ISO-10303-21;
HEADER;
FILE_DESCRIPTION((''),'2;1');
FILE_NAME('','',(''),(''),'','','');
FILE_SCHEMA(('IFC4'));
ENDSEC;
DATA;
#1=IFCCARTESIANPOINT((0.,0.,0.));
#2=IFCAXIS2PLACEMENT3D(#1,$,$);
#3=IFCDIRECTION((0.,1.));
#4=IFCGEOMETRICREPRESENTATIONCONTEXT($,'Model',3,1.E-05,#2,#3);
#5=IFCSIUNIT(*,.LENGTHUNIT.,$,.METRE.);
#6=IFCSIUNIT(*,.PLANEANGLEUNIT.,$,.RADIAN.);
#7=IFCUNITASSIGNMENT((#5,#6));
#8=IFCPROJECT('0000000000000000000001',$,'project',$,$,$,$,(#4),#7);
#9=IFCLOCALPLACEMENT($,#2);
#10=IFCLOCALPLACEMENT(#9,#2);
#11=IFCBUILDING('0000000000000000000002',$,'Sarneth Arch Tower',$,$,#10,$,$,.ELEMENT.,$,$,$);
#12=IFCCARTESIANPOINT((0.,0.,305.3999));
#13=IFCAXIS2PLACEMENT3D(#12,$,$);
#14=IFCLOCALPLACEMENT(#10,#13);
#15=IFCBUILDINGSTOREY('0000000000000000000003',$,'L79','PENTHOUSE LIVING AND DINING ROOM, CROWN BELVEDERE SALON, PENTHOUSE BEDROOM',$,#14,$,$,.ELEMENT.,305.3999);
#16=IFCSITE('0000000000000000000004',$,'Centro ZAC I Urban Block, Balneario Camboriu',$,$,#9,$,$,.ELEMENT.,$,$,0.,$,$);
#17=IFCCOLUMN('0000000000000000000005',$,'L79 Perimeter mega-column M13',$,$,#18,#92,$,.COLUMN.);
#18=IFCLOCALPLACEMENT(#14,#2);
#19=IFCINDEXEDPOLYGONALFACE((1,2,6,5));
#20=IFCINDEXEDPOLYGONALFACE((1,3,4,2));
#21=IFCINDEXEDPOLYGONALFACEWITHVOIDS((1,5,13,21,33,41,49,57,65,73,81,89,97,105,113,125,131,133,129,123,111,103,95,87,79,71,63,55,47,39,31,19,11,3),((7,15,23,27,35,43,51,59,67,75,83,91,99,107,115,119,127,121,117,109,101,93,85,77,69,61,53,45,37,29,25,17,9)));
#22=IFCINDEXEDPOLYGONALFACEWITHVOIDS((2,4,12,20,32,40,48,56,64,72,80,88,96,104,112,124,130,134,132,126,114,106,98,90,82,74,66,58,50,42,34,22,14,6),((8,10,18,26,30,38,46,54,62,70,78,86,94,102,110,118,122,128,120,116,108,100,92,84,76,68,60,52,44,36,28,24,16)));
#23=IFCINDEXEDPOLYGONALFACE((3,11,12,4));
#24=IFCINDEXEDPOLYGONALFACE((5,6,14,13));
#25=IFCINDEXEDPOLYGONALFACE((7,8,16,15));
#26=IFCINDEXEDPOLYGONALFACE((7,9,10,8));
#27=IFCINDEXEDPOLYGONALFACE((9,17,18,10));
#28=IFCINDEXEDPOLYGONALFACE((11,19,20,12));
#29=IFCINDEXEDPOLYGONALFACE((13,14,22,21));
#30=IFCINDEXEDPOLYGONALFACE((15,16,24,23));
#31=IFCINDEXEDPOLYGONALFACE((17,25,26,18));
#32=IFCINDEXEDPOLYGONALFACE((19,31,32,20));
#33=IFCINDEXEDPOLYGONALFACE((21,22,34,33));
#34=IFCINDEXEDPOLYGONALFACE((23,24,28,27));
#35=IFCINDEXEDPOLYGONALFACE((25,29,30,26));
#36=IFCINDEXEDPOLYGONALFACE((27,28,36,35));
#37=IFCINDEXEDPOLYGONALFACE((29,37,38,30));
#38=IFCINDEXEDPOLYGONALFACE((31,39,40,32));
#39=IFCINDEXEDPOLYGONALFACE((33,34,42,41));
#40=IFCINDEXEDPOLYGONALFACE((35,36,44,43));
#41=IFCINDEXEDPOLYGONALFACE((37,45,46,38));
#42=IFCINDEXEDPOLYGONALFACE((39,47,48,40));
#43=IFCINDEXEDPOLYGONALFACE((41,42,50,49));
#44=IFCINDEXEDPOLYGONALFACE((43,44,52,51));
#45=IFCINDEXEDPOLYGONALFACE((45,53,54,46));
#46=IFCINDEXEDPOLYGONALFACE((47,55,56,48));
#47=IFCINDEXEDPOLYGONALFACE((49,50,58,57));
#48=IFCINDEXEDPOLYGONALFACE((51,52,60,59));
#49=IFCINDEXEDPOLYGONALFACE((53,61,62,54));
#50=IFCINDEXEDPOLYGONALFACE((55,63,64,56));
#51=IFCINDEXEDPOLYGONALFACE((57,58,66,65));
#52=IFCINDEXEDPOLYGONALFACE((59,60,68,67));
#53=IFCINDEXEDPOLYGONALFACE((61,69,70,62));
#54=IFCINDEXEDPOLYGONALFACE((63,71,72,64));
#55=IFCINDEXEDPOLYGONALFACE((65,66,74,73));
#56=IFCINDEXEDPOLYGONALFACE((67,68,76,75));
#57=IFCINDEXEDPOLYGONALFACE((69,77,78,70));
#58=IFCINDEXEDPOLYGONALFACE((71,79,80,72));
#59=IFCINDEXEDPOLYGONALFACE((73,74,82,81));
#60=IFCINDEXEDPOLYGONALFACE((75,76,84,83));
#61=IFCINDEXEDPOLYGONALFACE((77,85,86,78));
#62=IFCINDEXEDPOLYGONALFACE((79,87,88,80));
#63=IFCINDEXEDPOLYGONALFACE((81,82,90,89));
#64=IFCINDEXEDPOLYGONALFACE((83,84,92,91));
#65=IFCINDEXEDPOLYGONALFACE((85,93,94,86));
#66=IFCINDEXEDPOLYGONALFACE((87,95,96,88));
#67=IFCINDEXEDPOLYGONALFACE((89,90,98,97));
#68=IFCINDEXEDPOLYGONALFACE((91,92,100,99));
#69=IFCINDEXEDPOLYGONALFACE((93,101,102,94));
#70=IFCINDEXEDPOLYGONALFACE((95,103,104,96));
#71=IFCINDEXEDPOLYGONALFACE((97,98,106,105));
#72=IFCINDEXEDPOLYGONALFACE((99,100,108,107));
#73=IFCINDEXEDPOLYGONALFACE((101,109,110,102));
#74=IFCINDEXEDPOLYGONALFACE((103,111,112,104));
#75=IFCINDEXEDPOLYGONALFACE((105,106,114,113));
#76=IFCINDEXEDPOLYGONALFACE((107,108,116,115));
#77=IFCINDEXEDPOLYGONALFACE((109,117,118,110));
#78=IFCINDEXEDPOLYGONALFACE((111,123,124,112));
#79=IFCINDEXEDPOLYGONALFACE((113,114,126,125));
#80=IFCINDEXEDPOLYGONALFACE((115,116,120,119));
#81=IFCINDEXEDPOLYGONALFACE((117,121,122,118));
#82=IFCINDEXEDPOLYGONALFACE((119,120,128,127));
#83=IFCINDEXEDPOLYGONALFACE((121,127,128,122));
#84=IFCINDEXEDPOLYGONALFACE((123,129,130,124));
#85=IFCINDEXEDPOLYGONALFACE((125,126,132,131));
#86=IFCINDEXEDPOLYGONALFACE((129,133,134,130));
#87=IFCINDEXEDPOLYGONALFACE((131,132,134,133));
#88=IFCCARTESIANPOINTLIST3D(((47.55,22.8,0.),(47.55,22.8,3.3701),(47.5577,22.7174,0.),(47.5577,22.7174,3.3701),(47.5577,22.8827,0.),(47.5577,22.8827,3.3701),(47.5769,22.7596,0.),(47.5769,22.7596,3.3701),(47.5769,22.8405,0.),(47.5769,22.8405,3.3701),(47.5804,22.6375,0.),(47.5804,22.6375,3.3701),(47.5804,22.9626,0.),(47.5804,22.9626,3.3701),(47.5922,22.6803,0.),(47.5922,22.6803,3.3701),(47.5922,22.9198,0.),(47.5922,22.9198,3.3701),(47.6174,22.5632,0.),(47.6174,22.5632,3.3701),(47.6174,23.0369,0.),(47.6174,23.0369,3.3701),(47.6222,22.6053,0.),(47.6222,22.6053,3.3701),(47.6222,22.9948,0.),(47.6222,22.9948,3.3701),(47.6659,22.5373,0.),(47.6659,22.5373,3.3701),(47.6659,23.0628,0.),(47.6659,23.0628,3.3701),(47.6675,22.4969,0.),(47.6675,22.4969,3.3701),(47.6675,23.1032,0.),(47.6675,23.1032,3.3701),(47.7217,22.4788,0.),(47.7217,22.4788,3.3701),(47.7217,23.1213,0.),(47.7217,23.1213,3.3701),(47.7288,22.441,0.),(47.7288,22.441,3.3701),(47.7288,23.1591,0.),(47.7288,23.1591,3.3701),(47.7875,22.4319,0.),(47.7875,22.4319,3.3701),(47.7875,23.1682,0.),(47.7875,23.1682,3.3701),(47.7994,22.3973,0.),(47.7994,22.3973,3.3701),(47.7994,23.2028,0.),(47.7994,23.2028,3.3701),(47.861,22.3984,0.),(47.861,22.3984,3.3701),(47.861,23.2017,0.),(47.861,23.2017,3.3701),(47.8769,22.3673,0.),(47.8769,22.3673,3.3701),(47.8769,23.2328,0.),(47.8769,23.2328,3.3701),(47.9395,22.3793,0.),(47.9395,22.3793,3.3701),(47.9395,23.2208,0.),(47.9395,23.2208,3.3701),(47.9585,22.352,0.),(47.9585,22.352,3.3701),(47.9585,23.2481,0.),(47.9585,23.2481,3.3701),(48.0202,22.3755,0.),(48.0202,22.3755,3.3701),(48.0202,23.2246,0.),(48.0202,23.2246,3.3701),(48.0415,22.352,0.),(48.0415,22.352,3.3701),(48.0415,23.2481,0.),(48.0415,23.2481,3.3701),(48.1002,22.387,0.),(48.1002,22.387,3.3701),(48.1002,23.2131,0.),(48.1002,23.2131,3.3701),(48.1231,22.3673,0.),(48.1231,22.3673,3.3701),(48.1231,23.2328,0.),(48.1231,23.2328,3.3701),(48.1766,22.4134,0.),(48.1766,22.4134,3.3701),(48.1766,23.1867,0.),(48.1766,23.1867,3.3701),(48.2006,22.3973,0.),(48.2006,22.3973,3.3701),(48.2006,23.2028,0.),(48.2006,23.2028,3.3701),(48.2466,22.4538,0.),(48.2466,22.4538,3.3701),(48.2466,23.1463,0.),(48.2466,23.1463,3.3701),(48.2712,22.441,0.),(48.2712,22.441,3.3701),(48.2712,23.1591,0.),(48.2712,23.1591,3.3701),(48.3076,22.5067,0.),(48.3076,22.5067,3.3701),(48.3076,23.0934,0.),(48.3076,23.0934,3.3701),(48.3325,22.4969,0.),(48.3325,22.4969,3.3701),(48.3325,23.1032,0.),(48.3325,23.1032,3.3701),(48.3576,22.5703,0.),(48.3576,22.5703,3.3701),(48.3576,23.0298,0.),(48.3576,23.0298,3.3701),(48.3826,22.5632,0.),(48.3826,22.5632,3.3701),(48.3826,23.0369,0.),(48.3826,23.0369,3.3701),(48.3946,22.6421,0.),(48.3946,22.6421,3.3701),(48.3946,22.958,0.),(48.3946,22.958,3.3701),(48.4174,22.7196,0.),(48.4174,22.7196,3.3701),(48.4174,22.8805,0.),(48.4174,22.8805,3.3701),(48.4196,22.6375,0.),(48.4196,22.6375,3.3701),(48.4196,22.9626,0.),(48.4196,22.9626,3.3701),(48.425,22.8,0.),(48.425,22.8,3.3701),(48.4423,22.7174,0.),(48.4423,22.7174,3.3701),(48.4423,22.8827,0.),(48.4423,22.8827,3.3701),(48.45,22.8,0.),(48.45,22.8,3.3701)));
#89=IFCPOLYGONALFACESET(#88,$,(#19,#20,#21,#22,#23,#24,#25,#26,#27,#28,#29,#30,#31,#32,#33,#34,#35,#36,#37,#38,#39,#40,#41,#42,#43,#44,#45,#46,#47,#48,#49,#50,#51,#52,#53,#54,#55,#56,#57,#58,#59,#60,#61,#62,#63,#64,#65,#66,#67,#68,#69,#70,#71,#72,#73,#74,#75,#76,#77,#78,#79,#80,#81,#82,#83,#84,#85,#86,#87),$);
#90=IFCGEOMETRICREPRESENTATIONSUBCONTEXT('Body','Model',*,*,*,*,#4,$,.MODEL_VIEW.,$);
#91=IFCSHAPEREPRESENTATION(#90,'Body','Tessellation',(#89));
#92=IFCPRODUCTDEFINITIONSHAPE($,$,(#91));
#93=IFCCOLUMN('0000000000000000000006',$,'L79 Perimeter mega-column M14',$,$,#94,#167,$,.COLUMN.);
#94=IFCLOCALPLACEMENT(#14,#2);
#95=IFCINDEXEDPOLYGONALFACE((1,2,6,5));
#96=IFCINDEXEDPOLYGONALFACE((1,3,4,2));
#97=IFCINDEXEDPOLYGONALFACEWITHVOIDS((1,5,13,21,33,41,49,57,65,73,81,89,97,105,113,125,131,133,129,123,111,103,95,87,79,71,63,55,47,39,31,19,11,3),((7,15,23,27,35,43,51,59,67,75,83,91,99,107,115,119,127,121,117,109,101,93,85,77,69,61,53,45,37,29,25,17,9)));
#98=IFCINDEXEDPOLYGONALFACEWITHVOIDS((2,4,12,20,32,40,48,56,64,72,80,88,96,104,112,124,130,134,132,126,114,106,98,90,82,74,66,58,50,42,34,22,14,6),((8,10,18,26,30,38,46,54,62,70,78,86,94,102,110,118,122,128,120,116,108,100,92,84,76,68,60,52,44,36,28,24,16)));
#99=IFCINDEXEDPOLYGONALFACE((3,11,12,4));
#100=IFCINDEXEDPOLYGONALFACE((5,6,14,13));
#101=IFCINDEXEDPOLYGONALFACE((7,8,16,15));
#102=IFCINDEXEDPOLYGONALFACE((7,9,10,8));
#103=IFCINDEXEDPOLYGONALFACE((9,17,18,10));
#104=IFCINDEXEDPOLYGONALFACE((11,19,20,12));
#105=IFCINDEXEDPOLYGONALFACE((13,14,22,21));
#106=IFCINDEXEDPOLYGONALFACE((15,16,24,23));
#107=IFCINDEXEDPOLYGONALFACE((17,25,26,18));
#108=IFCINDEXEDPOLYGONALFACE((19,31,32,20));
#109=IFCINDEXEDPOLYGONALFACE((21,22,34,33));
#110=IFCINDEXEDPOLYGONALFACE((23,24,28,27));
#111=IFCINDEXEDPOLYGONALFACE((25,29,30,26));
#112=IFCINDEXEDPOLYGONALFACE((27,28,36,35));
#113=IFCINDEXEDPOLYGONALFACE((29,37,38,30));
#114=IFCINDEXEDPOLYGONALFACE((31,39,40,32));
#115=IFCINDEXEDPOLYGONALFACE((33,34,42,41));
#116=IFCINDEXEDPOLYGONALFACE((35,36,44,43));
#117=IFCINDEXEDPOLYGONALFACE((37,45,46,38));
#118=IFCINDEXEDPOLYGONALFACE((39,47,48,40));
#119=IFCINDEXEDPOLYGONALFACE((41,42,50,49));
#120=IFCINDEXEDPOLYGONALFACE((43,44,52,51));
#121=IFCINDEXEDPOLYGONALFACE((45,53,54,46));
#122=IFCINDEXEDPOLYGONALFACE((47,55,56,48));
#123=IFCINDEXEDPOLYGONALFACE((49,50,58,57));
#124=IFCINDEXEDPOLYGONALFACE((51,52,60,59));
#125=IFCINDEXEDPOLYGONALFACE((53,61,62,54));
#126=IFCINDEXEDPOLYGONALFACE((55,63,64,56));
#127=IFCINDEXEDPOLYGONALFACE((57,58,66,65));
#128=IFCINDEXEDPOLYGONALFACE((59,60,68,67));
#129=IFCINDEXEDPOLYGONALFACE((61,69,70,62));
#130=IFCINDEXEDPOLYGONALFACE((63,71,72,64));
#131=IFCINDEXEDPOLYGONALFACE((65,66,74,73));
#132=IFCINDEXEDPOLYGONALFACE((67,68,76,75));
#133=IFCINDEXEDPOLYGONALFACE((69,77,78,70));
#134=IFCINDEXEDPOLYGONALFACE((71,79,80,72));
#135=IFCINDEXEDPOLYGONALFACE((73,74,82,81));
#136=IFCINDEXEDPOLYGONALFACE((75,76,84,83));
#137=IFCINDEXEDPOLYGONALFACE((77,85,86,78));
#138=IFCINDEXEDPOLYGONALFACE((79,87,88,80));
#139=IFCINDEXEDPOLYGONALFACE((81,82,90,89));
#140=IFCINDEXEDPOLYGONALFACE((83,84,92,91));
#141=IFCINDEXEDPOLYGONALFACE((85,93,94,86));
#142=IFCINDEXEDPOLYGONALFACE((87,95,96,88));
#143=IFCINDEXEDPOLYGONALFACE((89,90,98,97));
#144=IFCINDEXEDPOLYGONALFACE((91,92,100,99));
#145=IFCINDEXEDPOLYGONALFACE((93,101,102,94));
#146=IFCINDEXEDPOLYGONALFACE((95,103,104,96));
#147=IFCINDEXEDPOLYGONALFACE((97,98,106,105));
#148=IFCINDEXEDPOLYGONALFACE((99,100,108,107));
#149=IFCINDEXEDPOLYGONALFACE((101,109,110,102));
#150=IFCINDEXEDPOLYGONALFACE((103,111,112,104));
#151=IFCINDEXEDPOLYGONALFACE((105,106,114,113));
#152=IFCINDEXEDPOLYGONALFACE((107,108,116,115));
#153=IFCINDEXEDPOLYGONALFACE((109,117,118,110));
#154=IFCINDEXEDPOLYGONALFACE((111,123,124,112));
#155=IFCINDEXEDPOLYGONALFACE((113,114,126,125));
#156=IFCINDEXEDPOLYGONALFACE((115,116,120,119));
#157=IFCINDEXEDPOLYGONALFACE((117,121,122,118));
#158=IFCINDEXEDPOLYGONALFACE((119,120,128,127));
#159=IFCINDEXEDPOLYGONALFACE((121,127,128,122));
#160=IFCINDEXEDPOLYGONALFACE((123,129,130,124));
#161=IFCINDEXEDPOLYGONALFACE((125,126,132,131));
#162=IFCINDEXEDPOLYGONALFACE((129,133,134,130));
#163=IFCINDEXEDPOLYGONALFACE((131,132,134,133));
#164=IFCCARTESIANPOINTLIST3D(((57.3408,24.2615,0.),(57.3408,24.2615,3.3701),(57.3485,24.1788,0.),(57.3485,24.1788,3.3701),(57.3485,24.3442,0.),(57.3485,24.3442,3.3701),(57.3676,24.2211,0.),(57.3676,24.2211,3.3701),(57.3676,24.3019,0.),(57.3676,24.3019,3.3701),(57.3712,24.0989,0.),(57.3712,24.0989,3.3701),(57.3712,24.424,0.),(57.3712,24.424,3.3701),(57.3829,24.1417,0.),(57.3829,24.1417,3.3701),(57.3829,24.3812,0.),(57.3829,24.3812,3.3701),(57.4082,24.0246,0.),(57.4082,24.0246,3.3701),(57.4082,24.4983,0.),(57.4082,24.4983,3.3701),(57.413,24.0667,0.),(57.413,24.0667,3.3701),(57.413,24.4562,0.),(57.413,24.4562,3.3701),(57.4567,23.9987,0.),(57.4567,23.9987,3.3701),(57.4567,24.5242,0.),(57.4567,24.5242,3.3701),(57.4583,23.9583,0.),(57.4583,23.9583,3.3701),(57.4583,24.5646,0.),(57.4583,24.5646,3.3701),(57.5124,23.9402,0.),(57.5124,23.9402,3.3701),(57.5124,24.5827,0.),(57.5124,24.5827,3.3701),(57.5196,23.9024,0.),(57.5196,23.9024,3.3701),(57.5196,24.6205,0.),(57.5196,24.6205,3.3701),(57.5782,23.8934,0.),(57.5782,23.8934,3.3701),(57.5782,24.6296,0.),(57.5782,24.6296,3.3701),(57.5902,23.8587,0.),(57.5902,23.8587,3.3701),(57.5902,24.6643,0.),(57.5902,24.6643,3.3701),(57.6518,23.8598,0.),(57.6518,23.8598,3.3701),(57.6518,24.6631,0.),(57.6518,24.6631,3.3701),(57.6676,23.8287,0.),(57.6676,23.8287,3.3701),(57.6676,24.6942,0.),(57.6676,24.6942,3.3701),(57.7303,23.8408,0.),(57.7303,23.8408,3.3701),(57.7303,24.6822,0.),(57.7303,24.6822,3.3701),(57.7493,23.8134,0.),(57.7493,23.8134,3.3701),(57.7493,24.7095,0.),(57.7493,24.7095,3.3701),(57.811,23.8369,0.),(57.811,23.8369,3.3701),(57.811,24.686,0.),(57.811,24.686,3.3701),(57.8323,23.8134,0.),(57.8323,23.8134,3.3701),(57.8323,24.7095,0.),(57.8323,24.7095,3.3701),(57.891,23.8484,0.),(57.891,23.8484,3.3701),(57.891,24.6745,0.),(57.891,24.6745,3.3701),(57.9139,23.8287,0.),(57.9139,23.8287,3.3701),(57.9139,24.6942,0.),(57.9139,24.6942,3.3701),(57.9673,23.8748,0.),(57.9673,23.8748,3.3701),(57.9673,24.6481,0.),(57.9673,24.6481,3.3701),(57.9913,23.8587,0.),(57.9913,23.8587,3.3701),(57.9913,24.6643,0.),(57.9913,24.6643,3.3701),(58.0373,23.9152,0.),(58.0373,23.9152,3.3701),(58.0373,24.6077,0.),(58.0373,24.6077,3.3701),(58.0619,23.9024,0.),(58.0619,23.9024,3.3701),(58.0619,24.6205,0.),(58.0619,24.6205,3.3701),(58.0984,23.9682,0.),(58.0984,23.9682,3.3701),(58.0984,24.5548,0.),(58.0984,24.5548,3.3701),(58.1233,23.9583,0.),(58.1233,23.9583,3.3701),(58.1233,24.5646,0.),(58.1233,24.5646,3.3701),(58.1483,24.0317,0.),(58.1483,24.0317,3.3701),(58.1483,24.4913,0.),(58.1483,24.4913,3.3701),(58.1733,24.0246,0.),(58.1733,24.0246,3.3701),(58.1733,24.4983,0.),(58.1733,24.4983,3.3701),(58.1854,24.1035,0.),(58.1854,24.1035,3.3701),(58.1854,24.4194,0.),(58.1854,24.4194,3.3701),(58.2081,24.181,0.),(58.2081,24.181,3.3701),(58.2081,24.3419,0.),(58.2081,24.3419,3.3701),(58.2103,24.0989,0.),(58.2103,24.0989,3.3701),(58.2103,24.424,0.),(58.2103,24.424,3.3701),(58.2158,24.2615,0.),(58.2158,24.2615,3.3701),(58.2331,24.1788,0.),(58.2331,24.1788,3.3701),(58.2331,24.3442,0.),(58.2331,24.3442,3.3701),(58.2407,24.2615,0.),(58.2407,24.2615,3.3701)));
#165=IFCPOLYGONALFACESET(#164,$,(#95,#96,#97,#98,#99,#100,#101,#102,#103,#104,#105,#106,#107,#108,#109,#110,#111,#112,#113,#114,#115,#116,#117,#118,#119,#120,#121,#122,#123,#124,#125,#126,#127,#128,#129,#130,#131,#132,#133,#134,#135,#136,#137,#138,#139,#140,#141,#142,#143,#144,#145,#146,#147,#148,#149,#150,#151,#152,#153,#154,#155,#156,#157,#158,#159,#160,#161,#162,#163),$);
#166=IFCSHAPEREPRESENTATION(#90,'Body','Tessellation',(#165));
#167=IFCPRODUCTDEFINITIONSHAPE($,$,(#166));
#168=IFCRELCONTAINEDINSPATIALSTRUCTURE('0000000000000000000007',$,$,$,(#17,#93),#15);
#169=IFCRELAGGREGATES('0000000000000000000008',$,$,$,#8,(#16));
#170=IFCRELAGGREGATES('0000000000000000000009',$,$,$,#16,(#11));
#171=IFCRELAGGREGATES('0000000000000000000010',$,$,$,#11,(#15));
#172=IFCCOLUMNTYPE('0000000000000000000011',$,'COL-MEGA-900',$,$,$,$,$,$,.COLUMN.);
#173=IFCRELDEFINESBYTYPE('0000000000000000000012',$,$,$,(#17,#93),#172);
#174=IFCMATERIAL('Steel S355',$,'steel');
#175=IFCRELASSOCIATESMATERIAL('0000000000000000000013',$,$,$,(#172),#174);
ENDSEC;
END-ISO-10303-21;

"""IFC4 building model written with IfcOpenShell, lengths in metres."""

from ifc_helpers import new_model, si_unit, direction, frame, origin, origin_2d, place, context, subcontext, project, spatial, hollow_circle, extrude, material, material_profile, profile_set, type_object, element, save


model = new_model("IFC4")

# Units and contexts
model_context = context("Model", 3, precision=1e-05, world=origin(), true_north=direction((0.0, 1.0)))
body_context = subcontext(model_context, "Body", "Model", "MODEL_VIEW")
ifc_project = project(units=[si_unit("LENGTHUNIT", "METRE"), si_unit("PLANEANGLEUNIT", "RADIAN")], contexts=[model_context])

# Site, building, storey
site_placement = place(None, origin())
site = spatial("IfcSite", under=ifc_project, at=site_placement, Name="Centro ZAC I Urban Block, Balneario Camboriu", CompositionType="ELEMENT", RefElevation=0.0)
building_placement = place(site_placement, origin())
building = spatial("IfcBuilding", under=site, at=building_placement, Name="Sarneth Arch Tower", CompositionType="ELEMENT")
storey_placement = place(building_placement, frame((0.0, 0.0, 305.3999)))
storey = spatial("IfcBuildingStorey", under=building, at=storey_placement, Name="L79", Description="PENTHOUSE LIVING AND DINING ROOM, CROWN BELVEDERE SALON, PENTHOUSE BEDROOM", CompositionType="ELEMENT", Elevation=305.3999)

# Columns
ifc_material_1 = material(Name="Steel S355", Category="steel")
ifc_material_profile_1 = material_profile(ifc_material_1, hollow_circle(Radius=0.45, WallThickness=0.0249, at=origin_2d()), Name="CHS900x25")
ifc_profile_set_1 = profile_set([ifc_material_profile_1], Name="Steel S355")
column_type = type_object("IfcColumnType", Name="COL-MEGA-900", PredefinedType="COLUMN", material=ifc_profile_set_1)
for number, where, z_axis, x_axis, name in (
    (1, (48.0, 22.8, 0.0), (0.0, 0.0, 1.0), (1.0, 0.0, 0.0), "L79 Perimeter mega-column M13"),
    (2, (57.7908, 24.2615, 0.0), (0.0, 0.0, 1.0), (1.0, 0.0, 0.0), "L79 Perimeter mega-column M14"),
):
    element("IfcColumn", number, at=place(storey_placement, frame(where, z_axis=z_axis, x_axis=x_axis)), inside=storey, type_object=column_type, Name=name, PredefinedType="COLUMN", context=body_context, shape_type="SweptSolid", body=[
        extrude(hollow_circle(Radius=0.45, WallThickness=0.0249, at=origin_2d()), origin(), (0.0, 0.0, 1.0), 3.3701),
    ])

save(model, "model.ifc")
